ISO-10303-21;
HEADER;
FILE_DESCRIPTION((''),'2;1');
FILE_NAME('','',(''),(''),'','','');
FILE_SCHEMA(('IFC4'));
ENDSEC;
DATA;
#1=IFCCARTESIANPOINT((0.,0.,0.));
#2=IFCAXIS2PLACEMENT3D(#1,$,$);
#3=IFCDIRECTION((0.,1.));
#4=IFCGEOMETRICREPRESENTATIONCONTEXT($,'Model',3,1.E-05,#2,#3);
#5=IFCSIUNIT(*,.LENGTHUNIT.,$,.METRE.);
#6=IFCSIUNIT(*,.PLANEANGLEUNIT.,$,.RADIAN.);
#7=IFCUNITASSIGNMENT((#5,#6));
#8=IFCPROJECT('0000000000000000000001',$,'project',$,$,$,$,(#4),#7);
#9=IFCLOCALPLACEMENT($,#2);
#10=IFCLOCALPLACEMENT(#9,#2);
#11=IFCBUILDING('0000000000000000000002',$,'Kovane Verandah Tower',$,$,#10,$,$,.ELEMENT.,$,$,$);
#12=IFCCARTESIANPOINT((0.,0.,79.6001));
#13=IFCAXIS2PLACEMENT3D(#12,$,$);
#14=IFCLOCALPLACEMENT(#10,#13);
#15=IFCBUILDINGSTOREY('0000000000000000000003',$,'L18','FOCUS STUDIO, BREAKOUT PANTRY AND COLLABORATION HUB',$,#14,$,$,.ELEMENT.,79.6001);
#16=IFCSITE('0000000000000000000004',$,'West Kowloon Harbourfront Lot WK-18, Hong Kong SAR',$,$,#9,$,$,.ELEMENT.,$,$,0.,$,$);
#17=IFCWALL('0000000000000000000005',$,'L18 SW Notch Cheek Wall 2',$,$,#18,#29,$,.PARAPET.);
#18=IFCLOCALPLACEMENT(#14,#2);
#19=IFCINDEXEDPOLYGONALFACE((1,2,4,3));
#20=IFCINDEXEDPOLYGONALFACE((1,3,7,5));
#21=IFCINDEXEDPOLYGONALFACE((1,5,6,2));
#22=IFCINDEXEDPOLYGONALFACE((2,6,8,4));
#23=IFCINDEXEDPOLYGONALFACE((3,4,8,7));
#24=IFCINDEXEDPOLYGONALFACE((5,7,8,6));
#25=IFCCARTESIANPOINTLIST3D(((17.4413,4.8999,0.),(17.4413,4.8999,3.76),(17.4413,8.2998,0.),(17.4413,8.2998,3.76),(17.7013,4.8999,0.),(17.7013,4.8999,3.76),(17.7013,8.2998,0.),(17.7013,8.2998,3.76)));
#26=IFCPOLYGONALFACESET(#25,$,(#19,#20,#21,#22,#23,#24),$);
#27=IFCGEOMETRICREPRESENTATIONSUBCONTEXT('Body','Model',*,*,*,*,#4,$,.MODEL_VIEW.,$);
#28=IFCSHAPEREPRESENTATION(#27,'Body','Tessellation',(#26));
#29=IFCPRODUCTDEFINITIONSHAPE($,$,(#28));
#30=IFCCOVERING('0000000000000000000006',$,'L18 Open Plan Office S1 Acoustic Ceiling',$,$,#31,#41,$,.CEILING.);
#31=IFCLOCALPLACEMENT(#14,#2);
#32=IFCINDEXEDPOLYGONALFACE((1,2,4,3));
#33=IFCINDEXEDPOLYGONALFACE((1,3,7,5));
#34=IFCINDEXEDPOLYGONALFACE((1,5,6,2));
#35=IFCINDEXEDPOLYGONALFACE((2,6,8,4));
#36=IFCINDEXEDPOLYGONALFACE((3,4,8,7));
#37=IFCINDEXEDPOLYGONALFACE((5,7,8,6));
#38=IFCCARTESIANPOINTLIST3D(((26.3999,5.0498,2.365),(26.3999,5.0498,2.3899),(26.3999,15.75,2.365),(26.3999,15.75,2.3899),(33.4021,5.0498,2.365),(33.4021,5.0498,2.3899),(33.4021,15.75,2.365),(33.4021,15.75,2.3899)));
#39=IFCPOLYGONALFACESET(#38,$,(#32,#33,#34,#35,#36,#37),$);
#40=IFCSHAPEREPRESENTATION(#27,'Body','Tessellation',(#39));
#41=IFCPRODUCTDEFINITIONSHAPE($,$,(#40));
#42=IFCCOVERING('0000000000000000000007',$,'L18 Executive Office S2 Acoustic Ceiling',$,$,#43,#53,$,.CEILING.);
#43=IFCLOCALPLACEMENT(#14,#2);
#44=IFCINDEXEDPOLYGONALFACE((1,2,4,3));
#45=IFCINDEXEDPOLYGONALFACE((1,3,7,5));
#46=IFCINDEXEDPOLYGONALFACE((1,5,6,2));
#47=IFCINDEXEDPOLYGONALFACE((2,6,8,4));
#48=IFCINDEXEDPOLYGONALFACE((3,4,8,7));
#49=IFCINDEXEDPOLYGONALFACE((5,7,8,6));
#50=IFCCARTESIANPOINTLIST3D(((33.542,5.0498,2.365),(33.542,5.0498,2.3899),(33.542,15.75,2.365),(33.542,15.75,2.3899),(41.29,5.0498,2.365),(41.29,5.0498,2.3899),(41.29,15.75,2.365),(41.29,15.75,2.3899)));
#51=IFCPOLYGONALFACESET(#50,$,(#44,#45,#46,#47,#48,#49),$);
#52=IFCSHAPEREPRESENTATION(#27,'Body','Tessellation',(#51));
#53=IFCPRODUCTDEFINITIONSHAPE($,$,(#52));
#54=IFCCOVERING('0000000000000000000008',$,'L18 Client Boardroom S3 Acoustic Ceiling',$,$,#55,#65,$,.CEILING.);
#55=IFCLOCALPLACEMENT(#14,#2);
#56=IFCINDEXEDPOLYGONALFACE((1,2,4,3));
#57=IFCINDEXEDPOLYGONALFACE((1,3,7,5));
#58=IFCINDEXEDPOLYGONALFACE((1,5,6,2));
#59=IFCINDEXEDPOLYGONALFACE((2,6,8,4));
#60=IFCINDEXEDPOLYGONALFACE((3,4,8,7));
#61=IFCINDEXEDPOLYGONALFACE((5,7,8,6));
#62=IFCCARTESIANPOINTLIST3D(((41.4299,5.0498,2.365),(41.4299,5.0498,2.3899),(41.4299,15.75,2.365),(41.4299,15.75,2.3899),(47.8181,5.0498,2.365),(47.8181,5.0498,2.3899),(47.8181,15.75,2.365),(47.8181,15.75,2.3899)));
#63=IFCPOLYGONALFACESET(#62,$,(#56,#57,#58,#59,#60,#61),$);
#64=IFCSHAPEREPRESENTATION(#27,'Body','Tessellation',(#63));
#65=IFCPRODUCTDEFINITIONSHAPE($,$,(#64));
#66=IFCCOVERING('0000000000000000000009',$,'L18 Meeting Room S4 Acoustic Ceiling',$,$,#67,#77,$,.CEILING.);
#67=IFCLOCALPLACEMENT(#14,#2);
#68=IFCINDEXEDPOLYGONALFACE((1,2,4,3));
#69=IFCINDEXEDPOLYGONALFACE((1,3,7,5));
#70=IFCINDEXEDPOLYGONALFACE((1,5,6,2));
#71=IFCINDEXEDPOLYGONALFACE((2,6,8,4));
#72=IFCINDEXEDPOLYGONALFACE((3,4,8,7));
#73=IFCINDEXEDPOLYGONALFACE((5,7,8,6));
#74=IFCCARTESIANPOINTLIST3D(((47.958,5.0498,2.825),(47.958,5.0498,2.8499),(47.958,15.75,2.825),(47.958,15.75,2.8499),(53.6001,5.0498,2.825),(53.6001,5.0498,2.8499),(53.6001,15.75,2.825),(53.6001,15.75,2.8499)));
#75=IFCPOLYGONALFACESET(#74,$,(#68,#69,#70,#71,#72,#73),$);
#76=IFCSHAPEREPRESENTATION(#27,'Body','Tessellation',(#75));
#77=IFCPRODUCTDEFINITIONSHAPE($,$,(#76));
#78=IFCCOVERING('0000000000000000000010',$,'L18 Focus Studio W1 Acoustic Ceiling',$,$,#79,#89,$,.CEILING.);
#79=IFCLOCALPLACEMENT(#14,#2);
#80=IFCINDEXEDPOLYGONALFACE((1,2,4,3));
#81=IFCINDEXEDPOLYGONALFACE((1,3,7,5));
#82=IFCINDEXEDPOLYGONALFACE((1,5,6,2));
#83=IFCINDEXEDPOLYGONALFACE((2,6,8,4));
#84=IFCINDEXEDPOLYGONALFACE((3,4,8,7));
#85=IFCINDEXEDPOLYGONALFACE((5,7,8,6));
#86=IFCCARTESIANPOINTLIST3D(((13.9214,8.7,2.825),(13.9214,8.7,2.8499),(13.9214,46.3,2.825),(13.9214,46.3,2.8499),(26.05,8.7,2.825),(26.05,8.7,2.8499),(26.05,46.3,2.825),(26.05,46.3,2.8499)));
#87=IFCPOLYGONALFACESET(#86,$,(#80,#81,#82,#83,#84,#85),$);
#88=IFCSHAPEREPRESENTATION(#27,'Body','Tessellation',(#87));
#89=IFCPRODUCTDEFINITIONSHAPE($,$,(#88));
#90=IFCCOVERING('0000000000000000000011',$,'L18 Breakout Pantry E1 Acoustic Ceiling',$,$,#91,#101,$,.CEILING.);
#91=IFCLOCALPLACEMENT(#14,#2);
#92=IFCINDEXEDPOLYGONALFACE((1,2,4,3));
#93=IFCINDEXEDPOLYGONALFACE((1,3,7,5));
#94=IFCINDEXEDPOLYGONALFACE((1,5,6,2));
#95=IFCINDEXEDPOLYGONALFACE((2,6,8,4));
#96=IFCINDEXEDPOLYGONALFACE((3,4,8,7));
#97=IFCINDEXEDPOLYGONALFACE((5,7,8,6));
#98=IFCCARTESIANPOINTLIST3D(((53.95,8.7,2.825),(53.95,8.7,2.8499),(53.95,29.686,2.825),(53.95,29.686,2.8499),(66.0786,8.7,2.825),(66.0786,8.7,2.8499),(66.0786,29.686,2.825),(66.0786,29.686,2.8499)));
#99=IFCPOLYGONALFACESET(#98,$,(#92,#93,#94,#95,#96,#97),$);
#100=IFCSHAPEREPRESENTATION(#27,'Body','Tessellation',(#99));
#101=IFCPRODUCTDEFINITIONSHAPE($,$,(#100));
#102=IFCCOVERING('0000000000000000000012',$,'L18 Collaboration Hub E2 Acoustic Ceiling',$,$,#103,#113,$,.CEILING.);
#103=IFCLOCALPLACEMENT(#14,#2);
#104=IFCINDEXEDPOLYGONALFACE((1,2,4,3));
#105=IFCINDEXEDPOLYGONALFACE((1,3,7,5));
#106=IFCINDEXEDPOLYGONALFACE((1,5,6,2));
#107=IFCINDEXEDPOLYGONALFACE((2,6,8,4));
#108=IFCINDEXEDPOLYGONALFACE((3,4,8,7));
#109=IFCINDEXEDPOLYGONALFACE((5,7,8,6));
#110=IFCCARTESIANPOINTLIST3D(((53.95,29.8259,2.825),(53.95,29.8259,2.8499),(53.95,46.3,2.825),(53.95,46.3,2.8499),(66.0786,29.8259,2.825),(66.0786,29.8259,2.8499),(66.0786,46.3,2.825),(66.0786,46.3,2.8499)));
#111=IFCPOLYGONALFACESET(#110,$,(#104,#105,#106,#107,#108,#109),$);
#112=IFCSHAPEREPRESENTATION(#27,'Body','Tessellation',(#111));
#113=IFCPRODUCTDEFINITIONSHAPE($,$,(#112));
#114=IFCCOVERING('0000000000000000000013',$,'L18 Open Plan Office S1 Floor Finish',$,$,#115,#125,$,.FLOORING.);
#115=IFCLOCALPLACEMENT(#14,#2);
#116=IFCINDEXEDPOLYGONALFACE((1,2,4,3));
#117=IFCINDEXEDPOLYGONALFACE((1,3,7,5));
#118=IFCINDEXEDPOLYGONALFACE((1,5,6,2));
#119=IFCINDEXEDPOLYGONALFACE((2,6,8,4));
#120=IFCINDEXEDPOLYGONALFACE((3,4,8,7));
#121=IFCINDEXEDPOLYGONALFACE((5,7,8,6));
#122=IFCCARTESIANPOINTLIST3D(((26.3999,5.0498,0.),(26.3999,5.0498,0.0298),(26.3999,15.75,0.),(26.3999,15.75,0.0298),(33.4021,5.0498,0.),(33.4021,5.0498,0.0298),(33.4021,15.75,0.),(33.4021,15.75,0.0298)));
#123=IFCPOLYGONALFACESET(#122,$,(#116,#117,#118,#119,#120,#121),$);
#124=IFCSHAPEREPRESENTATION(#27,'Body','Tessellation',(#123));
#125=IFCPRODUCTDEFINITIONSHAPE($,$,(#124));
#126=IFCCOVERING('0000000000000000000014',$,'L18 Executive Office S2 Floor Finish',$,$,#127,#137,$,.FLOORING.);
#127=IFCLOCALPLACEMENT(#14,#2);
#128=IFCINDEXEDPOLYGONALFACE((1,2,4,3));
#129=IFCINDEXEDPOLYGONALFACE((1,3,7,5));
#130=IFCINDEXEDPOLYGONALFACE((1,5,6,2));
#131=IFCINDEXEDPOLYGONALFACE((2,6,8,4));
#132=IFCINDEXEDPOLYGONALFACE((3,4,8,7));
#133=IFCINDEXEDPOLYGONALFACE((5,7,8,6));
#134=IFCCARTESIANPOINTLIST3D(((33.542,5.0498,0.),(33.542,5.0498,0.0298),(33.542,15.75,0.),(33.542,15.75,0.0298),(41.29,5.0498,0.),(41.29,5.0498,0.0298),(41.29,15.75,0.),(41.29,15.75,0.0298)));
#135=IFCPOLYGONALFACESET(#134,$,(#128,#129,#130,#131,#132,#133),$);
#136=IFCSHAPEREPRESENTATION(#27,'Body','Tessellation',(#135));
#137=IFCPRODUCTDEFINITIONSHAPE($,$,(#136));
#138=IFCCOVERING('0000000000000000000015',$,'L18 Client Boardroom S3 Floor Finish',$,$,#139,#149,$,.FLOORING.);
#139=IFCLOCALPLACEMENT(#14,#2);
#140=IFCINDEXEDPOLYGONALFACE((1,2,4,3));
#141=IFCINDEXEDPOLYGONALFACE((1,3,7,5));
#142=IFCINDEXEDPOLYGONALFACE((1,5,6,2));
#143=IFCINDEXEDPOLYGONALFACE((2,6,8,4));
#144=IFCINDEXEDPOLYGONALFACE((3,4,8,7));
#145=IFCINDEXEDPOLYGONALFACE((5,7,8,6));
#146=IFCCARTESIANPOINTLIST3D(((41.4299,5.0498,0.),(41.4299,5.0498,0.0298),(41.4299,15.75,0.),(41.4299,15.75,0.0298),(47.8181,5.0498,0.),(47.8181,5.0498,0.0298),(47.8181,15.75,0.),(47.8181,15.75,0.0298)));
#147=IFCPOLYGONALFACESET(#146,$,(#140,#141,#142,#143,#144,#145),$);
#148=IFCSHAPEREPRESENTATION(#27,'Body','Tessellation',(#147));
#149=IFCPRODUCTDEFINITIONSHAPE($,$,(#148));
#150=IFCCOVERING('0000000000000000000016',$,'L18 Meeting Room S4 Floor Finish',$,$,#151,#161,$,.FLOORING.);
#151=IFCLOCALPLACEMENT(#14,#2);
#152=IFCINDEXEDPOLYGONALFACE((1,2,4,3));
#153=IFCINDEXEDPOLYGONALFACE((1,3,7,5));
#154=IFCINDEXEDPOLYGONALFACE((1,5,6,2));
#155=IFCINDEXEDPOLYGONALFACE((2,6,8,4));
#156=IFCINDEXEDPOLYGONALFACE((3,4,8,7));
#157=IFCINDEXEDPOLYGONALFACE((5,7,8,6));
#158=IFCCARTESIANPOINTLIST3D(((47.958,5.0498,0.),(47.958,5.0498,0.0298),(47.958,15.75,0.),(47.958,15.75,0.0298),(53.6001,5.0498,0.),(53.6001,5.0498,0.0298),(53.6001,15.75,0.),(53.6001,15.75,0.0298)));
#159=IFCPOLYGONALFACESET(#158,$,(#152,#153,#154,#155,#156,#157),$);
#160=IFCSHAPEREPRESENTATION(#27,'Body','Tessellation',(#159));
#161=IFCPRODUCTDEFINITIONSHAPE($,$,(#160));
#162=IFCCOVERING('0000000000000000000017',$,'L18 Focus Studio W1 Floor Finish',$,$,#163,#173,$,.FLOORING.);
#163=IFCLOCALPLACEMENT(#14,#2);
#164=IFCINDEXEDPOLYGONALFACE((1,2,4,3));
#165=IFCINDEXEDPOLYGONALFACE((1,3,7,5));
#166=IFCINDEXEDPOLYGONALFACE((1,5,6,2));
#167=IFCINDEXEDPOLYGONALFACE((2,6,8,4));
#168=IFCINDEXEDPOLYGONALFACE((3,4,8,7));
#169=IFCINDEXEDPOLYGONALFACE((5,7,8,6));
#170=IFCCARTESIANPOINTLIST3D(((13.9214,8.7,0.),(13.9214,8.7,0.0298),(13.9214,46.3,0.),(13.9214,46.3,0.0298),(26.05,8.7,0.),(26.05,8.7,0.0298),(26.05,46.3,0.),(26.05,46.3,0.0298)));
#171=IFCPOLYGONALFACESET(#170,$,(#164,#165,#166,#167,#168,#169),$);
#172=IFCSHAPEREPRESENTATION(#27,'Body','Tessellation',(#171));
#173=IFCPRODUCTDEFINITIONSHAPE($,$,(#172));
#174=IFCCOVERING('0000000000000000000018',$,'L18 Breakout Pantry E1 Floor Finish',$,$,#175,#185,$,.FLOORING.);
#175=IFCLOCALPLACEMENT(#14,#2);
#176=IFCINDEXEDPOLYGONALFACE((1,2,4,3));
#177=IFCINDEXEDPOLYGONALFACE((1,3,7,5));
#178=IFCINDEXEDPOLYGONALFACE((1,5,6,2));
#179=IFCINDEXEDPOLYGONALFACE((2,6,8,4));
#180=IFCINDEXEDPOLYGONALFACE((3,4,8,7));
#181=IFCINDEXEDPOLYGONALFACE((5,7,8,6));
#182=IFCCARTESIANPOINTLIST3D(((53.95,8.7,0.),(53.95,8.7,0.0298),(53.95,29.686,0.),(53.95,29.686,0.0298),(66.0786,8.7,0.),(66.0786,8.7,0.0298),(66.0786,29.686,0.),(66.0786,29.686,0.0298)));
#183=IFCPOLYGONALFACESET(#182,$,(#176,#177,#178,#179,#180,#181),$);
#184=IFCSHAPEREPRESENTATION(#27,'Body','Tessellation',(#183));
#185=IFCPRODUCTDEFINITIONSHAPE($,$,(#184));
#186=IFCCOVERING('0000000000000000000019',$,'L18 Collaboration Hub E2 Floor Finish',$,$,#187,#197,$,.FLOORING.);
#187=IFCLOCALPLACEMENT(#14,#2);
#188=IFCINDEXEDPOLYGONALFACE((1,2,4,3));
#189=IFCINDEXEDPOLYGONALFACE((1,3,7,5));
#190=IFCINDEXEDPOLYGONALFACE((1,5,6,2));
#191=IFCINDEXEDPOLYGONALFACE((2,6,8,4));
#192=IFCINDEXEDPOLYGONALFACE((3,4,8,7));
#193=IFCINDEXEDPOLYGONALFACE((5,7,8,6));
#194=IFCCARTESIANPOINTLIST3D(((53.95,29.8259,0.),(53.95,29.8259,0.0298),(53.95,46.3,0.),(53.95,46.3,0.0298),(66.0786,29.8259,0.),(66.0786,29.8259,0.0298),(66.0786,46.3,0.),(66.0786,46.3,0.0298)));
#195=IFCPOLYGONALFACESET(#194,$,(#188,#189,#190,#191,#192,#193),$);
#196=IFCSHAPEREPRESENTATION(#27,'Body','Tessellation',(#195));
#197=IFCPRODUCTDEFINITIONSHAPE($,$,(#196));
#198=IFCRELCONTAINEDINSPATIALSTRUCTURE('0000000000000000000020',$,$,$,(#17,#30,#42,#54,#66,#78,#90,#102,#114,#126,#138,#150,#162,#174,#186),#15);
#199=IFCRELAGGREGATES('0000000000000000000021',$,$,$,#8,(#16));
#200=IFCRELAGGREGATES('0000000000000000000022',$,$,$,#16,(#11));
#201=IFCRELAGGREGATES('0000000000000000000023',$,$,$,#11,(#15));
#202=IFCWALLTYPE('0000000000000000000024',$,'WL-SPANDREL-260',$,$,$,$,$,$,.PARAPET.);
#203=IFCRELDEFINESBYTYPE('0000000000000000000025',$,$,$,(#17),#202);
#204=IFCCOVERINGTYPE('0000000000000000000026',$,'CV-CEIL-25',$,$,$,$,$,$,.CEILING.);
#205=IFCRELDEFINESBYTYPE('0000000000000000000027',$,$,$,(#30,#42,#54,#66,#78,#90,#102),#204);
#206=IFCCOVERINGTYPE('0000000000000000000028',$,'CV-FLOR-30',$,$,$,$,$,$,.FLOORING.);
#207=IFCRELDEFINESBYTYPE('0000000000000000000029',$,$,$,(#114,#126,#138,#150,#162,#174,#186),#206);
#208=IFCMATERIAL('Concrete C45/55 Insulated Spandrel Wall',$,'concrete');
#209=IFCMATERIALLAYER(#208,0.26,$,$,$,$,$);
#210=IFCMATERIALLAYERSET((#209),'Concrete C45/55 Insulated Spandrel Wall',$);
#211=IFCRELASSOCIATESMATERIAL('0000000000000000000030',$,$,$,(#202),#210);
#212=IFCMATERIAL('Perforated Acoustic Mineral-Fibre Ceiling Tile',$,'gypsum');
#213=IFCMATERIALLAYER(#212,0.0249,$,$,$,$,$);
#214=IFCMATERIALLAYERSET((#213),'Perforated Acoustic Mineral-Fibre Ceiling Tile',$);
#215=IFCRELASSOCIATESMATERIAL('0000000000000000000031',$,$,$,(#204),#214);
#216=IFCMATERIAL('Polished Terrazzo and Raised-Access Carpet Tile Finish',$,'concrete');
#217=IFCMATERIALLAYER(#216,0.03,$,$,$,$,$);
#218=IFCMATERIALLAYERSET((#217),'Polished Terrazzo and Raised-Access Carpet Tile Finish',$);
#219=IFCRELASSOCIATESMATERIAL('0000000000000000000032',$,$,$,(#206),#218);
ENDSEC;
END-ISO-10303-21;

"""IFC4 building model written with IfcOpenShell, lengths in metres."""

from ifc_helpers import new_model, si_unit, direction, frame, frame_2d, origin, place, context, subcontext, project, spatial, polyline, rectangle, outline, extrude, material, layer, layer_set, type_object, element, save


model = new_model("IFC4")

# Units and contexts
model_context = context("Model", 3, precision=1e-05, world=origin(), true_north=direction((0.0, 1.0)))
body_context = subcontext(model_context, "Body", "Model", "MODEL_VIEW")
ifc_project = project(units=[si_unit("LENGTHUNIT", "METRE"), si_unit("PLANEANGLEUNIT", "RADIAN")], contexts=[model_context])

# Site, building, storey
site_placement = place(None, origin())
site = spatial("IfcSite", under=ifc_project, at=site_placement, Name="West Kowloon Harbourfront Lot WK-18, Hong Kong SAR", CompositionType="ELEMENT", RefElevation=0.0)
building_placement = place(site_placement, origin())
building = spatial("IfcBuilding", under=site, at=building_placement, Name="Kovane Verandah Tower", CompositionType="ELEMENT")
storey_placement = place(building_placement, frame((0.0, 0.0, 79.6001)))
storey = spatial("IfcBuildingStorey", under=building, at=storey_placement, Name="L18", Description="FOCUS STUDIO, BREAKOUT PANTRY AND COLLABORATION HUB", CompositionType="ELEMENT", Elevation=79.6001)

# Shared definitions
ifc_material_1 = material(Name="Concrete C45/55 Insulated Spandrel Wall", Category="concrete")
ifc_layer_1 = layer(ifc_material_1, 0.26)
ifc_layer_set_1 = layer_set([ifc_layer_1], Name="Concrete C45/55 Insulated Spandrel Wall")
wall_type = type_object("IfcWallType", Name="WL-SPANDREL-260", PredefinedType="PARAPET", material=ifc_layer_set_1)

# Wall
wall_1_placement = place(storey_placement, frame((17.5713, 8.2998, 0.0), z_axis=(0.0, 0.0, 1.0), x_axis=(0.0, -1.0, 0.0)))
element("IfcWall", 1, at=wall_1_placement, inside=storey, type_object=wall_type, Name="L18 SW Notch Cheek Wall 2", PredefinedType="PARAPET", context=body_context, shape_type="SweptSolid", body=[
    extrude(rectangle(XDim=3.3999, YDim=0.26, at=frame_2d((1.7, 0.0))), origin(), (0.0, 0.0, 1.0), 3.76),
])

# Coverings
ifc_material_2 = material(Name="Perforated Acoustic Mineral-Fibre Ceiling Tile", Category="gypsum")
ifc_layer_2 = layer(ifc_material_2, 0.0249)
ifc_layer_set_2 = layer_set([ifc_layer_2], Name="Perforated Acoustic Mineral-Fibre Ceiling Tile")
covering_type_1 = type_object("IfcCoveringType", Name="CV-CEIL-25", PredefinedType="CEILING", material=ifc_layer_set_2)
covering_1_placement = place(storey_placement, frame((0.0, 0.0, 2.365)))
element("IfcCovering", 2, at=covering_1_placement, inside=storey, type_object=covering_type_1, Name="L18 Open Plan Office S1 Acoustic Ceiling", PredefinedType="CEILING", context=body_context, shape_type="SweptSolid", body=[
    extrude(outline(polyline([(26.3999, 5.0498), (33.4021, 5.0498), (33.4021, 15.75), (26.3999, 15.75), (26.3999, 5.0498)])), origin(), (0.0, 0.0, 1.0), 0.0249),
])
covering_2_placement = place(storey_placement, frame((0.0, 0.0, 2.365)))
element("IfcCovering", 3, at=covering_2_placement, inside=storey, type_object=covering_type_1, Name="L18 Executive Office S2 Acoustic Ceiling", PredefinedType="CEILING", context=body_context, shape_type="SweptSolid", body=[
    extrude(outline(polyline([(33.542, 5.0498), (41.29, 5.0498), (41.29, 15.75), (33.542, 15.75), (33.542, 5.0498)])), origin(), (0.0, 0.0, 1.0), 0.0249),
])
covering_3_placement = place(storey_placement, frame((0.0, 0.0, 2.365)))
element("IfcCovering", 4, at=covering_3_placement, inside=storey, type_object=covering_type_1, Name="L18 Client Boardroom S3 Acoustic Ceiling", PredefinedType="CEILING", context=body_context, shape_type="SweptSolid", body=[
    extrude(outline(polyline([(41.4299, 5.0498), (47.8181, 5.0498), (47.8181, 15.75), (41.4299, 15.75), (41.4299, 5.0498)])), origin(), (0.0, 0.0, 1.0), 0.0249),
])
covering_4_placement = place(storey_placement, frame((0.0, 0.0, 2.825)))
element("IfcCovering", 5, at=covering_4_placement, inside=storey, type_object=covering_type_1, Name="L18 Meeting Room S4 Acoustic Ceiling", PredefinedType="CEILING", context=body_context, shape_type="SweptSolid", body=[
    extrude(outline(polyline([(47.958, 5.0498), (53.6001, 5.0498), (53.6001, 15.75), (47.958, 15.75), (47.958, 5.0498)])), origin(), (0.0, 0.0, 1.0), 0.0249),
])
covering_5_placement = place(storey_placement, frame((0.0, 0.0, 2.825)))
element("IfcCovering", 6, at=covering_5_placement, inside=storey, type_object=covering_type_1, Name="L18 Focus Studio W1 Acoustic Ceiling", PredefinedType="CEILING", context=body_context, shape_type="SweptSolid", body=[
    extrude(outline(polyline([(13.9214, 8.7), (26.05, 8.7), (26.05, 46.3), (13.9214, 46.3), (13.9214, 8.7)])), origin(), (0.0, 0.0, 1.0), 0.0249),
])
covering_6_placement = place(storey_placement, frame((0.0, 0.0, 2.825)))
element("IfcCovering", 7, at=covering_6_placement, inside=storey, type_object=covering_type_1, Name="L18 Breakout Pantry E1 Acoustic Ceiling", PredefinedType="CEILING", context=body_context, shape_type="SweptSolid", body=[
    extrude(outline(polyline([(53.95, 8.7), (66.0786, 8.7), (66.0786, 29.686), (53.95, 29.686), (53.95, 8.7)])), origin(), (0.0, 0.0, 1.0), 0.0249),
])
covering_7_placement = place(storey_placement, frame((0.0, 0.0, 2.825)))
element("IfcCovering", 8, at=covering_7_placement, inside=storey, type_object=covering_type_1, Name="L18 Collaboration Hub E2 Acoustic Ceiling", PredefinedType="CEILING", context=body_context, shape_type="SweptSolid", body=[
    extrude(outline(polyline([(53.95, 29.8259), (66.0786, 29.8259), (66.0786, 46.3), (53.95, 46.3), (53.95, 29.8259)])), origin(), (0.0, 0.0, 1.0), 0.0249),
])
ifc_material_3 = material(Name="Polished Terrazzo and Raised-Access Carpet Tile Finish", Category="concrete")
ifc_layer_3 = layer(ifc_material_3, 0.03)
ifc_layer_set_3 = layer_set([ifc_layer_3], Name="Polished Terrazzo and Raised-Access Carpet Tile Finish")
covering_type_2 = type_object("IfcCoveringType", Name="CV-FLOR-30", PredefinedType="FLOORING", material=ifc_layer_set_3)
covering_8_placement = place(storey_placement, origin())
element("IfcCovering", 9, at=covering_8_placement, inside=storey, type_object=covering_type_2, Name="L18 Open Plan Office S1 Floor Finish", PredefinedType="FLOORING", context=body_context, shape_type="SweptSolid", body=[
    extrude(outline(polyline([(26.3999, 5.0498), (33.4021, 5.0498), (33.4021, 15.75), (26.3999, 15.75), (26.3999, 5.0498)])), origin(), (0.0, 0.0, 1.0), 0.0298),
])
covering_9_placement = place(storey_placement, origin())
element("IfcCovering", 10, at=covering_9_placement, inside=storey, type_object=covering_type_2, Name="L18 Executive Office S2 Floor Finish", PredefinedType="FLOORING", context=body_context, shape_type="SweptSolid", body=[
    extrude(outline(polyline([(33.542, 5.0498), (41.29, 5.0498), (41.29, 15.75), (33.542, 15.75), (33.542, 5.0498)])), origin(), (0.0, 0.0, 1.0), 0.0298),
])
covering_10_placement = place(storey_placement, origin())
element("IfcCovering", 11, at=covering_10_placement, inside=storey, type_object=covering_type_2, Name="L18 Client Boardroom S3 Floor Finish", PredefinedType="FLOORING", context=body_context, shape_type="SweptSolid", body=[
    extrude(outline(polyline([(41.4299, 5.0498), (47.8181, 5.0498), (47.8181, 15.75), (41.4299, 15.75), (41.4299, 5.0498)])), origin(), (0.0, 0.0, 1.0), 0.0298),
])
covering_11_placement = place(storey_placement, origin())
element("IfcCovering", 12, at=covering_11_placement, inside=storey, type_object=covering_type_2, Name="L18 Meeting Room S4 Floor Finish", PredefinedType="FLOORING", context=body_context, shape_type="SweptSolid", body=[
    extrude(outline(polyline([(47.958, 5.0498), (53.6001, 5.0498), (53.6001, 15.75), (47.958, 15.75), (47.958, 5.0498)])), origin(), (0.0, 0.0, 1.0), 0.0298),
])
covering_12_placement = place(storey_placement, origin())
element("IfcCovering", 13, at=covering_12_placement, inside=storey, type_object=covering_type_2, Name="L18 Focus Studio W1 Floor Finish", PredefinedType="FLOORING", context=body_context, shape_type="SweptSolid", body=[
    extrude(outline(polyline([(13.9214, 8.7), (26.05, 8.7), (26.05, 46.3), (13.9214, 46.3), (13.9214, 8.7)])), origin(), (0.0, 0.0, 1.0), 0.0298),
])
covering_13_placement = place(storey_placement, origin())
element("IfcCovering", 14, at=covering_13_placement, inside=storey, type_object=covering_type_2, Name="L18 Breakout Pantry E1 Floor Finish", PredefinedType="FLOORING", context=body_context, shape_type="SweptSolid", body=[
    extrude(outline(polyline([(53.95, 8.7), (66.0786, 8.7), (66.0786, 29.686), (53.95, 29.686), (53.95, 8.7)])), origin(), (0.0, 0.0, 1.0), 0.0298),
])
covering_14_placement = place(storey_placement, origin())
element("IfcCovering", 15, at=covering_14_placement, inside=storey, type_object=covering_type_2, Name="L18 Collaboration Hub E2 Floor Finish", PredefinedType="FLOORING", context=body_context, shape_type="SweptSolid", body=[
    extrude(outline(polyline([(53.95, 29.8259), (66.0786, 29.8259), (66.0786, 46.3), (53.95, 46.3), (53.95, 29.8259)])), origin(), (0.0, 0.0, 1.0), 0.0298),
])

save(model, "model.ifc")
